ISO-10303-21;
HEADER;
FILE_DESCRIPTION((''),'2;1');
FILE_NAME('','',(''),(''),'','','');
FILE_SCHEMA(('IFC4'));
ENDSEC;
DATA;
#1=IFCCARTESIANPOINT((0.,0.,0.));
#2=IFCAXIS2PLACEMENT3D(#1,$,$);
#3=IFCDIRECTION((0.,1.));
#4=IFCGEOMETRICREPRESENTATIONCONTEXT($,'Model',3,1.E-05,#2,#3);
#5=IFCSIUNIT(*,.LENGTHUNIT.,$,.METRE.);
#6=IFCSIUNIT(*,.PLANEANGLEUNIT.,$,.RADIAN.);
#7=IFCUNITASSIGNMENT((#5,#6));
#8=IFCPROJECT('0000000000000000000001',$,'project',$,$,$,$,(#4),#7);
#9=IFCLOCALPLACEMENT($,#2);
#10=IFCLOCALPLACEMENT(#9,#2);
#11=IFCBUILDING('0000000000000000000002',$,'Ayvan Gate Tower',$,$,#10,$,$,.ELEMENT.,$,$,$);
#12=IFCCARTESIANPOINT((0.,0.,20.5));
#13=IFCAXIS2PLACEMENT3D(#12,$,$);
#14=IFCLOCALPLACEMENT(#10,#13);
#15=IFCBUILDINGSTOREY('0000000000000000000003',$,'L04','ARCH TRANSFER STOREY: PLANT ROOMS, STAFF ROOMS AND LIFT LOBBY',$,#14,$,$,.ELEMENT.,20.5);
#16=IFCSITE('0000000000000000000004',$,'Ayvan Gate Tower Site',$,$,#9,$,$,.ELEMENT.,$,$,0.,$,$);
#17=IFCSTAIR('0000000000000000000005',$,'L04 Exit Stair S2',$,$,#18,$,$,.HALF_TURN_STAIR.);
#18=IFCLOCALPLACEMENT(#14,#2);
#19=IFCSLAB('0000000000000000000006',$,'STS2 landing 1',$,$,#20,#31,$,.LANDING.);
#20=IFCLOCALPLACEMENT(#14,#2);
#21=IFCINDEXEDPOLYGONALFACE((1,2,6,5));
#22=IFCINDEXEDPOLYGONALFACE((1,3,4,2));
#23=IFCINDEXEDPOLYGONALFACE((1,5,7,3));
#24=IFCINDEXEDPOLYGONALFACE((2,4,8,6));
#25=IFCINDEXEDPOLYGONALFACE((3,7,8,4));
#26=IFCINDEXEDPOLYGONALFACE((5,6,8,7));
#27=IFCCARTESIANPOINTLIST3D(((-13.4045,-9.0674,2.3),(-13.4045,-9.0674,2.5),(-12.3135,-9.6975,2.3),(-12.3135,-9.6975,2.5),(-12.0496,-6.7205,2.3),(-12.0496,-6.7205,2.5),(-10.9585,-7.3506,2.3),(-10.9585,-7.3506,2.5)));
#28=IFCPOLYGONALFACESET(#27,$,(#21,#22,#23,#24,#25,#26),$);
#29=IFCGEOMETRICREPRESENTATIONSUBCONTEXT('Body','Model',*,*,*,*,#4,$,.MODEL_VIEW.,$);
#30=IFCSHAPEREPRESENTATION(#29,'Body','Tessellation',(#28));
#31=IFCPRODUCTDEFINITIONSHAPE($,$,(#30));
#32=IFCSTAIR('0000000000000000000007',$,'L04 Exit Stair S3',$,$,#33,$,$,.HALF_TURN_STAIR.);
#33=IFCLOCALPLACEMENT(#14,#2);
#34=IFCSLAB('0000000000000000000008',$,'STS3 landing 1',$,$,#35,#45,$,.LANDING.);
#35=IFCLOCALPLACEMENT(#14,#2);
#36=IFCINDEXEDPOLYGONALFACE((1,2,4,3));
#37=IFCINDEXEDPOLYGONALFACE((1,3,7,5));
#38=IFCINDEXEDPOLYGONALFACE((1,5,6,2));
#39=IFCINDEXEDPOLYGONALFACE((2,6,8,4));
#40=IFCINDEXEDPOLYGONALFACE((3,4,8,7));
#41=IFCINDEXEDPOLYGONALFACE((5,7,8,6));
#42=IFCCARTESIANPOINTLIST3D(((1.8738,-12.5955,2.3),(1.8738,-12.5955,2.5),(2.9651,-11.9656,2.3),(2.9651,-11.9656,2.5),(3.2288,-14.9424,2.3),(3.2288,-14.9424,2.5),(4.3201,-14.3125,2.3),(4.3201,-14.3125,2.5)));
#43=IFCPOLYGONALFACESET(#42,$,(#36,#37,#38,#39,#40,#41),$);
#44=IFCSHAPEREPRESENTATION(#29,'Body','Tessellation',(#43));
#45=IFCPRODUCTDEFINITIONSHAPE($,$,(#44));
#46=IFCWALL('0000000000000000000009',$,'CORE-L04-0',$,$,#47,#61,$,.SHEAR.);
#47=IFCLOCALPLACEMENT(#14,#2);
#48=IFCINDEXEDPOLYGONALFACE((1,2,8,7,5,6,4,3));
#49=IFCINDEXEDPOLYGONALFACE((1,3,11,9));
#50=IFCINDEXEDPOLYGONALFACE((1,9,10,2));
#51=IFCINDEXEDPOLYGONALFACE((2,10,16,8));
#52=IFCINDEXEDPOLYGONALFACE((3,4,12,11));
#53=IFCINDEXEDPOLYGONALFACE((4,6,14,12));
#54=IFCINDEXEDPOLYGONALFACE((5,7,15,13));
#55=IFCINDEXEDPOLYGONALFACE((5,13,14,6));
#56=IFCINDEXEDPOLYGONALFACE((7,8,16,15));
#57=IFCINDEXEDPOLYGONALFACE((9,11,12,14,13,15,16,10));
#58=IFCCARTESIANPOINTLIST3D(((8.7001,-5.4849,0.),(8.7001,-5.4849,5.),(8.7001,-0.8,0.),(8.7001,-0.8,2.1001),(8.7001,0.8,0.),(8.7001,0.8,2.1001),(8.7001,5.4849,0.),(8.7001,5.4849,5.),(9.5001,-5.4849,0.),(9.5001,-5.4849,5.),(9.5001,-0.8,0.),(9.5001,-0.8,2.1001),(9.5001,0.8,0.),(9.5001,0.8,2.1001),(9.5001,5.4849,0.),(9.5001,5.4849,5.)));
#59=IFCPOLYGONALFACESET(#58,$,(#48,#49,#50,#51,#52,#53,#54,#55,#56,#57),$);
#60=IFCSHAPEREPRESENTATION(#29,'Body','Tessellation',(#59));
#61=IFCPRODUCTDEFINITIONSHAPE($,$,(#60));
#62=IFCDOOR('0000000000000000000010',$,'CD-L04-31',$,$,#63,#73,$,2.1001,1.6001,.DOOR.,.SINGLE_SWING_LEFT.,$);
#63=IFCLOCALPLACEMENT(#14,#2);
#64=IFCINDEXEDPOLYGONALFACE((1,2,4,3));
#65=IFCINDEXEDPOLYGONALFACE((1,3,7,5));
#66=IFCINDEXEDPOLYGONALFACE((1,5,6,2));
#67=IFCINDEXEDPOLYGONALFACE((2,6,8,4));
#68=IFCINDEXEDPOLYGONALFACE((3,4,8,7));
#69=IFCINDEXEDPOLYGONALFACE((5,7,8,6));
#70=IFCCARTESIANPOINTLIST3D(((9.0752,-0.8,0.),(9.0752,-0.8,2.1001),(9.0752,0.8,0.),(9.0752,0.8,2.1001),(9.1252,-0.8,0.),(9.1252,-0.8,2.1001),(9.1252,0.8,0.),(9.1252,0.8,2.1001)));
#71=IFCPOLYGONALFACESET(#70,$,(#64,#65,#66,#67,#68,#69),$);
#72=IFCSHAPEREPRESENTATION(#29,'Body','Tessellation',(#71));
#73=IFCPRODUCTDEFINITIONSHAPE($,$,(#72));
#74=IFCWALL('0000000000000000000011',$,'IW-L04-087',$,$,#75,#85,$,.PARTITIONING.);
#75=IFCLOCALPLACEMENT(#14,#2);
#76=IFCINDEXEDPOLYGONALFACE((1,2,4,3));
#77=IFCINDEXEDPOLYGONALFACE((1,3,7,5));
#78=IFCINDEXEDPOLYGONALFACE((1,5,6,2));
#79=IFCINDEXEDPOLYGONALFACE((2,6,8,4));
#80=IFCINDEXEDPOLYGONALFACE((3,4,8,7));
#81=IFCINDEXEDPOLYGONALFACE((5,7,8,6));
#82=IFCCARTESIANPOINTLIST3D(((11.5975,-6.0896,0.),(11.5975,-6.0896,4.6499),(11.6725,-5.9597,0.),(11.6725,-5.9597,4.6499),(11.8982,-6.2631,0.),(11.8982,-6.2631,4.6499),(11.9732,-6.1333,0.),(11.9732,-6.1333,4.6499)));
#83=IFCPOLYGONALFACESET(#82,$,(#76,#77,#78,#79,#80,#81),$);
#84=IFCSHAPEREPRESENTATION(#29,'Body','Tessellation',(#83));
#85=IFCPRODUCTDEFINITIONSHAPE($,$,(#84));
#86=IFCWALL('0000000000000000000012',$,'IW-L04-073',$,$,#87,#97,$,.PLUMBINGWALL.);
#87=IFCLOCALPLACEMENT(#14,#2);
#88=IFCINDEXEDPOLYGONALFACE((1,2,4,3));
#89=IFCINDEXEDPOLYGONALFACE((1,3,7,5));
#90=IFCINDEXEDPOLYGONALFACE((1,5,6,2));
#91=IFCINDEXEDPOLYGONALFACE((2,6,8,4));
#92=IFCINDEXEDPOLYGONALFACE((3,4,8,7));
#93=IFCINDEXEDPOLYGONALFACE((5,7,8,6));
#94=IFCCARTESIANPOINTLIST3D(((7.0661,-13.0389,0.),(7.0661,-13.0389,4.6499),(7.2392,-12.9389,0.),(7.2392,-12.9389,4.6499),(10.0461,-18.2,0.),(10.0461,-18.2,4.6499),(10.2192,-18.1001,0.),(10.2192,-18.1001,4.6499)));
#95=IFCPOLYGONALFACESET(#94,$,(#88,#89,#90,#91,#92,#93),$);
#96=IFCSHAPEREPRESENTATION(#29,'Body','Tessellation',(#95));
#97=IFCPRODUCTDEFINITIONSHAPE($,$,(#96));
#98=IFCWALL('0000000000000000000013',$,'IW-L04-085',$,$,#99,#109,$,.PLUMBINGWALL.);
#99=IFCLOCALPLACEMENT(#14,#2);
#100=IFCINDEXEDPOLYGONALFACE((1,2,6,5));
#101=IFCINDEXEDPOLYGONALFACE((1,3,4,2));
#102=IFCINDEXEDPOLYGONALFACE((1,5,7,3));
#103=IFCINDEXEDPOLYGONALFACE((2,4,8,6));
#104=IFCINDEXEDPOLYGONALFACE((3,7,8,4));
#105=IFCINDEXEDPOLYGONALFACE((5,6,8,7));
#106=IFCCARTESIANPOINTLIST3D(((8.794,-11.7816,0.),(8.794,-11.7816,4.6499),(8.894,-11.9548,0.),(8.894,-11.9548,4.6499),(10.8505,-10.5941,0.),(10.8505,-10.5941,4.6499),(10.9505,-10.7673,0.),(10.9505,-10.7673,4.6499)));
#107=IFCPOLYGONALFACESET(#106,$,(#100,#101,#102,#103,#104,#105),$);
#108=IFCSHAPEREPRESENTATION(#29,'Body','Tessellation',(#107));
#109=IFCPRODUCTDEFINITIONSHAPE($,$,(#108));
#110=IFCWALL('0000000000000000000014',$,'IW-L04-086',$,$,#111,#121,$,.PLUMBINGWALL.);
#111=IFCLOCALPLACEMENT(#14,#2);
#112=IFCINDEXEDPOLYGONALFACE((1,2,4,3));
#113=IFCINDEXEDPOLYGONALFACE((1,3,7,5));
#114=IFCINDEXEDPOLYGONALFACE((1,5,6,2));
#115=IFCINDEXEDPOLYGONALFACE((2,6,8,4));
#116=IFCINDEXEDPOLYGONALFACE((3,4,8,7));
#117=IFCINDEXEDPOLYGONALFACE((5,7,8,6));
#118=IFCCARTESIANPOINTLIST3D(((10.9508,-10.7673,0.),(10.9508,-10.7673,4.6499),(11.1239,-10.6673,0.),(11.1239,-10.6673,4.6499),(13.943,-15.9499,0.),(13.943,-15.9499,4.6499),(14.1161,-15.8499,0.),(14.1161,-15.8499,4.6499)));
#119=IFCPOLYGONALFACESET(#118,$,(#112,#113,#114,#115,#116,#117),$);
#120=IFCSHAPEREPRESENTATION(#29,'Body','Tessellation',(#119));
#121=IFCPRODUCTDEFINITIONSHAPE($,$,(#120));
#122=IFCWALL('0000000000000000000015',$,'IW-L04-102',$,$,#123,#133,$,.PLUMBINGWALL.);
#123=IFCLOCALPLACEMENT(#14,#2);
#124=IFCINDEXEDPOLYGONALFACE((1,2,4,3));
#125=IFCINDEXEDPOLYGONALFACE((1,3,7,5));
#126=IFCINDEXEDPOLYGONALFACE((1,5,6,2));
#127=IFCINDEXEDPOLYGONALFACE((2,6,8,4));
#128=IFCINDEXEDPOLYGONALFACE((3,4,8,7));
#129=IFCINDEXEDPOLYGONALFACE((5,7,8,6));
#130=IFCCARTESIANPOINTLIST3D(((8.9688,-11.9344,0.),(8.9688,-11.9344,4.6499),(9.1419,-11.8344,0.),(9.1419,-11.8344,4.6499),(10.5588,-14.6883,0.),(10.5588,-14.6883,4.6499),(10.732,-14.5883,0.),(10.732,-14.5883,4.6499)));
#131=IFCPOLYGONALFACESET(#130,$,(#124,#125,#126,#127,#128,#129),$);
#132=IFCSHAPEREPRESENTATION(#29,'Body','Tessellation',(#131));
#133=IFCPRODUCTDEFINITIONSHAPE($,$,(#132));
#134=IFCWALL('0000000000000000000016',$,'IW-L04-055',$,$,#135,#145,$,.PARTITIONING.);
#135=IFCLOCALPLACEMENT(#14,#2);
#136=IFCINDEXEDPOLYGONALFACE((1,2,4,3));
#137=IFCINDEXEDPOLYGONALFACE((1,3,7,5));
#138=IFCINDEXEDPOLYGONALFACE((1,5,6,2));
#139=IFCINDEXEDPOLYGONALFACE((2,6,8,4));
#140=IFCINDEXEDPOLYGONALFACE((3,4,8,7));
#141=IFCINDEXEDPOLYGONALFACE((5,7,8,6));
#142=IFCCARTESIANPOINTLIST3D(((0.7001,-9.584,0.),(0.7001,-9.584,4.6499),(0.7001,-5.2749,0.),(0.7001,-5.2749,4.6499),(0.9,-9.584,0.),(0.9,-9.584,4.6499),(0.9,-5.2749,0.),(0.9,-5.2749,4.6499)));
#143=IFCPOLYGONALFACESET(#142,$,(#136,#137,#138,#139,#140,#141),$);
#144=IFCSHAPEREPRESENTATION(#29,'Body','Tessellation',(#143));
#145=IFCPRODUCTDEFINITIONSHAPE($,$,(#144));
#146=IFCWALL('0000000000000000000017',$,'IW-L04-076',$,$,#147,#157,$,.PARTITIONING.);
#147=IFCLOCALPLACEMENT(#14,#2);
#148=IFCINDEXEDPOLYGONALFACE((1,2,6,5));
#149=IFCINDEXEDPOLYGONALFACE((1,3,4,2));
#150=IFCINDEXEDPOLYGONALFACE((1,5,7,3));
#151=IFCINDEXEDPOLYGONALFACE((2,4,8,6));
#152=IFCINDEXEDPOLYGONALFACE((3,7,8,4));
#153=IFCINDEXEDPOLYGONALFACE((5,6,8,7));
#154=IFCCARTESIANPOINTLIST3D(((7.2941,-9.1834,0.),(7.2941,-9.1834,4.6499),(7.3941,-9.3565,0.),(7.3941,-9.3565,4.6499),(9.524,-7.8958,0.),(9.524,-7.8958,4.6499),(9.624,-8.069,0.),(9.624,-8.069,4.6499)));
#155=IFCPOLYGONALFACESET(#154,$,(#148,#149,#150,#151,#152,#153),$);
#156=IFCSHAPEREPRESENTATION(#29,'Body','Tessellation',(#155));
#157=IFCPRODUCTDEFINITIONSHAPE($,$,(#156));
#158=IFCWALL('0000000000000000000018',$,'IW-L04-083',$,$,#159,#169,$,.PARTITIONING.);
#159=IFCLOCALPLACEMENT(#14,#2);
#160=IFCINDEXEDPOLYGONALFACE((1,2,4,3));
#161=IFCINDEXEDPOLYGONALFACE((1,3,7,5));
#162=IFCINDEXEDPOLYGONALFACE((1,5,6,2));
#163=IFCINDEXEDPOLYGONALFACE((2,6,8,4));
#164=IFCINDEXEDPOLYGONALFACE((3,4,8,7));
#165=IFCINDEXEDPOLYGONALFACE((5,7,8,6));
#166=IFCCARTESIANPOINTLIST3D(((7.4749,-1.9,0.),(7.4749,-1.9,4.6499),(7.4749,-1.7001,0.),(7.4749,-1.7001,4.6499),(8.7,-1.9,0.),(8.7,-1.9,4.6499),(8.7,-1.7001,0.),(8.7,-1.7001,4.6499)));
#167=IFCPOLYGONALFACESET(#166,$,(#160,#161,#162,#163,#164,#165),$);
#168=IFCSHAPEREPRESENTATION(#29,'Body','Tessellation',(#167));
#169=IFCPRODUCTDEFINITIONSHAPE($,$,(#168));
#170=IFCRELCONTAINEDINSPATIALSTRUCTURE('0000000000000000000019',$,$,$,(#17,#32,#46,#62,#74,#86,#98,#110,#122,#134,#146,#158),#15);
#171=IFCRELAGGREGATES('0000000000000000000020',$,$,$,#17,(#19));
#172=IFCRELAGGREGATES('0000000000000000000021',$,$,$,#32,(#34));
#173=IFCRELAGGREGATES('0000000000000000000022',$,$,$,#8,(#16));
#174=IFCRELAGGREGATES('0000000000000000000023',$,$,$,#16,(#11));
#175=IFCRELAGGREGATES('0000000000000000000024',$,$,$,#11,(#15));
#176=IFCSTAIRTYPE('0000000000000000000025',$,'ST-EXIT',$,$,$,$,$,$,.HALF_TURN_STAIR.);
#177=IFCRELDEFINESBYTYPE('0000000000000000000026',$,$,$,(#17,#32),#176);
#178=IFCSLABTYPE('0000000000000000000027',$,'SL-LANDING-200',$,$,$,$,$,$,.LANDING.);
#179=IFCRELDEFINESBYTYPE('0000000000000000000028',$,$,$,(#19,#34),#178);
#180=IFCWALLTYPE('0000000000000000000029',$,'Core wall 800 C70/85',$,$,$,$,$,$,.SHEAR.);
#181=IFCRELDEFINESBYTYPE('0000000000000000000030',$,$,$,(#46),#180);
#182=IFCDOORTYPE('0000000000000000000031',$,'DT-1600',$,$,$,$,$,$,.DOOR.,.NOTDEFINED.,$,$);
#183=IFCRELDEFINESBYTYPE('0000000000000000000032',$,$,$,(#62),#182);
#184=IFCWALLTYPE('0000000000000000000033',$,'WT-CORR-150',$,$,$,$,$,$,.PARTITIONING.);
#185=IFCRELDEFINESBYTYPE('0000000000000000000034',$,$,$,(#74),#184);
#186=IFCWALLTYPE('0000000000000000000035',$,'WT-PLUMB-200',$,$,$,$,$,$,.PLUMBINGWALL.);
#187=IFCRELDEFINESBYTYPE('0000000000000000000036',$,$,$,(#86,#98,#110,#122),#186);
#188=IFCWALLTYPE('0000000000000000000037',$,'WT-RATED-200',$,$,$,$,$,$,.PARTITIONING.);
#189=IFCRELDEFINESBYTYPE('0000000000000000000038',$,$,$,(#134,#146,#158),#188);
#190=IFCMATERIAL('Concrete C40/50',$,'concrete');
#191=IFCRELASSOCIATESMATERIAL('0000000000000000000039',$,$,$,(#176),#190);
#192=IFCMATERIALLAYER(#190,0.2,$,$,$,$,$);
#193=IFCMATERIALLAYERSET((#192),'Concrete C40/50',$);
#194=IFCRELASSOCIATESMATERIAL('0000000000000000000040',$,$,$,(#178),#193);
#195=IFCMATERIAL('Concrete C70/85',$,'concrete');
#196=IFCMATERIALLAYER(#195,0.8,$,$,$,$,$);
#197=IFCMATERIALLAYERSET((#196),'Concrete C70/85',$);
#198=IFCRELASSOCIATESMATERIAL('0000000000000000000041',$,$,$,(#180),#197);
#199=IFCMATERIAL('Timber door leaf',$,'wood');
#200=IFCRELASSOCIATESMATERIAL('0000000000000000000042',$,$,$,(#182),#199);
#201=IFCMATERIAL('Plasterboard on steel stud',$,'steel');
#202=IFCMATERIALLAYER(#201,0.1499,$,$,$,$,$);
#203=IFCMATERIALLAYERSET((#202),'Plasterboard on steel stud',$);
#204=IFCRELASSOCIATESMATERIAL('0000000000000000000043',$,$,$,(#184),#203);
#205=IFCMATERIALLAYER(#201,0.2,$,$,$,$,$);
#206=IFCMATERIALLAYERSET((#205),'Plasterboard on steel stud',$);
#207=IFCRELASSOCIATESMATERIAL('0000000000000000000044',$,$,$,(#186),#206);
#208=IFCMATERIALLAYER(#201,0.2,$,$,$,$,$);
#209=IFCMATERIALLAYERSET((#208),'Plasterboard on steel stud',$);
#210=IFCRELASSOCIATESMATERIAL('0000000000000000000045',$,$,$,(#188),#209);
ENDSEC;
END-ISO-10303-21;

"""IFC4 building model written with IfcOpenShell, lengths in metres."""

from ifc_helpers import new_model, si_unit, direction, frame, frame_2d, origin, place, context, subcontext, project, spatial, polyline, rectangle, outline, extrude, material, layer, layer_set, type_object, element, fill, aggregate, save


model = new_model("IFC4")

# Units and contexts
model_context = context("Model", 3, precision=1e-05, world=origin(), true_north=direction((0.0, 1.0)))
body_context = subcontext(model_context, "Body", "Model", "MODEL_VIEW")
ifc_project = project(units=[si_unit("LENGTHUNIT", "METRE"), si_unit("PLANEANGLEUNIT", "RADIAN")], contexts=[model_context])

# Site, building, storey
site_placement = place(None, origin())
site = spatial("IfcSite", under=ifc_project, at=site_placement, Name="Ayvan Gate Tower Site", CompositionType="ELEMENT", RefElevation=0.0)
building_placement = place(site_placement, origin())
building = spatial("IfcBuilding", under=site, at=building_placement, Name="Ayvan Gate Tower", CompositionType="ELEMENT")
storey_placement = place(building_placement, frame((0.0, 0.0, 20.5)))
storey = spatial("IfcBuildingStorey", under=building, at=storey_placement, Name="L04", Description="ARCH TRANSFER STOREY: PLANT ROOMS, STAFF ROOMS AND LIFT LOBBY", CompositionType="ELEMENT", Elevation=20.5)

# Stairs, slabs
ifc_material_1 = material(Name="Concrete C40/50", Category="concrete")
stair_type = type_object("IfcStairType", Name="ST-EXIT", PredefinedType="HALF_TURN_STAIR", material=ifc_material_1)
stair_1_placement = place(storey_placement, origin())
stair_1 = element("IfcStair", 1, at=stair_1_placement, inside=storey, type_object=stair_type, Name="L04 Exit Stair S2", PredefinedType="HALF_TURN_STAIR")
ifc_layer_1 = layer(ifc_material_1, 0.2)
ifc_layer_set_1 = layer_set([ifc_layer_1], Name="Concrete C40/50")
slab_type = type_object("IfcSlabType", Name="SL-LANDING-200", PredefinedType="LANDING", material=ifc_layer_set_1)
slab_1_placement = place(storey_placement, frame((0.0, 0.0, 2.3)))
slab_1 = element("IfcSlab", 2, at=slab_1_placement, type_object=slab_type, Name="STS2 landing 1", PredefinedType="LANDING", context=body_context, shape_type="SweptSolid", body=[
    extrude(outline(polyline([(-10.9585, -7.3506), (-12.0496, -6.7205), (-13.4045, -9.0674), (-12.3135, -9.6975), (-10.9585, -7.3506)])), origin(), (0.0, 0.0, 1.0), 0.2),
])
aggregate(stair_1, [slab_1])
stair_2_placement = place(storey_placement, origin())
stair_2 = element("IfcStair", 3, at=stair_2_placement, inside=storey, type_object=stair_type, Name="L04 Exit Stair S3", PredefinedType="HALF_TURN_STAIR")
slab_2_placement = place(storey_placement, frame((0.0, 0.0, 2.3)))
slab_2 = element("IfcSlab", 4, at=slab_2_placement, type_object=slab_type, Name="STS3 landing 1", PredefinedType="LANDING", context=body_context, shape_type="SweptSolid", body=[
    extrude(outline(polyline([(2.9651, -11.9656), (1.8738, -12.5955), (3.2288, -14.9424), (4.3201, -14.3125), (2.9651, -11.9656)])), origin(), (0.0, 0.0, 1.0), 0.2),
])
aggregate(stair_2, [slab_2])

# Wall, opening, door
ifc_material_2 = material(Name="Concrete C70/85", Category="concrete")
ifc_layer_2 = layer(ifc_material_2, 0.8)
ifc_layer_set_2 = layer_set([ifc_layer_2], Name="Concrete C70/85")
wall_type_1 = type_object("IfcWallType", Name="Core wall 800 C70/85", PredefinedType="SHEAR", material=ifc_layer_set_2)
wall_1_placement = place(storey_placement, frame((9.1001, -5.4849, 0.0), z_axis=(0.0, 0.0, 1.0), x_axis=(0.0, 1.0, 0.0)))
wall_1 = element("IfcWall", 5, at=wall_1_placement, inside=storey, type_object=wall_type_1, Name="CORE-L04-0", PredefinedType="SHEAR", context=body_context, shape_type="SweptSolid", body=[
    extrude(rectangle(XDim=10.9697, YDim=0.8, at=frame_2d((5.4849, 0.0))), origin(), (0.0, 0.0, 1.0), 5.0),
])
opening_1_placement = place(wall_1_placement, frame((4.6848, 0.0, 0.0)))
opening_1 = element("IfcOpeningElement", 6, at=opening_1_placement, cuts=wall_1, PredefinedType="OPENING", context=body_context, shape_type="SweptSolid", body=[
    extrude(rectangle(XDim=1.6001, YDim=2.1001, at=frame_2d((0.8, 1.05))), frame((0.0, 0.4099, 0.0), z_axis=(0.0, -1.0, 0.0), x_axis=(1.0, 0.0, 0.0)), (0.0, 0.0, 1.0), 0.8201),
])
ifc_material_3 = material(Name="Timber door leaf", Category="wood")
door_type_1 = type_object("IfcDoorType", Name="DT-1600", OperationType="NOTDEFINED", PredefinedType="DOOR", material=ifc_material_3)
door_1_placement = place(opening_1_placement, origin())
door_1 = element("IfcDoor", 7, at=door_1_placement, inside=storey, type_object=door_type_1, Name="CD-L04-31", OperationType="SINGLE_SWING_LEFT", OverallHeight=2.1001, OverallWidth=1.6001, PredefinedType="DOOR", context=body_context, shape_type="SweptSolid", body=[
    extrude(rectangle(XDim=1.6001, YDim=2.1001, at=frame_2d((0.8, 1.05))), frame((0.0, 0.0249, 0.0), z_axis=(0.0, -1.0, 0.0), x_axis=(1.0, 0.0, 0.0)), (0.0, 0.0, 1.0), 0.05),
])
fill(opening_1, door_1)

# Walls
ifc_material_4 = material(Name="Plasterboard on steel stud", Category="steel")
ifc_layer_3 = layer(ifc_material_4, 0.1499)
ifc_layer_set_3 = layer_set([ifc_layer_3], Name="Plasterboard on steel stud")
wall_type_2 = type_object("IfcWallType", Name="WT-CORR-150", PredefinedType="PARTITIONING", material=ifc_layer_set_3)
wall_2_placement = place(storey_placement, frame((11.635, -6.0247, 0.0), z_axis=(0.0, 0.0, 1.0), x_axis=(0.866115, -0.499844, 0.0)))
element("IfcWall", 8, at=wall_2_placement, inside=storey, type_object=wall_type_2, Name="IW-L04-087", PredefinedType="PARTITIONING", context=body_context, shape_type="SweptSolid", body=[
    extrude(rectangle(XDim=0.3472, YDim=0.1499, at=frame_2d((0.1736, 0.0))), origin(), (0.0, 0.0, 1.0), 4.6499),
])
ifc_layer_4 = layer(ifc_material_4, 0.2)
ifc_layer_set_4 = layer_set([ifc_layer_4], Name="Plasterboard on steel stud")
wall_type_3 = type_object("IfcWallType", Name="WT-PLUMB-200", PredefinedType="PLUMBINGWALL", material=ifc_layer_set_4)
wall_3_placement = place(storey_placement, frame((7.1526, -12.9888, 0.0), z_axis=(0.0, 0.0, 1.0), x_axis=(0.500025, -0.866011, 0.0)))
element("IfcWall", 9, at=wall_3_placement, inside=storey, type_object=wall_type_3, Name="IW-L04-073", PredefinedType="PLUMBINGWALL", context=body_context, shape_type="SweptSolid", body=[
    extrude(rectangle(XDim=5.9597, YDim=0.2, at=frame_2d((2.98, 0.0))), origin(), (0.0, 0.0, 1.0), 4.6499),
])
wall_4_placement = place(storey_placement, frame((10.9006, -10.6807, 0.0), z_axis=(0.0, 0.0, 1.0), x_axis=(-0.866008, -0.500031, 0.0)))
element("IfcWall", 10, at=wall_4_placement, inside=storey, type_object=wall_type_3, Name="IW-L04-085", PredefinedType="PLUMBINGWALL", context=body_context, shape_type="SweptSolid", body=[
    extrude(rectangle(XDim=2.3748, YDim=0.2, at=frame_2d((1.1875, 0.0))), origin(), (0.0, 0.0, 1.0), 4.6499),
])
wall_5_placement = place(storey_placement, frame((11.0374, -10.7173, 0.0), z_axis=(0.0, 0.0, 1.0), x_axis=(0.5, -0.866025, 0.0)))
element("IfcWall", 11, at=wall_5_placement, inside=storey, type_object=wall_type_3, Name="IW-L04-086", PredefinedType="PLUMBINGWALL", context=body_context, shape_type="SweptSolid", body=[
    extrude(rectangle(XDim=5.9844, YDim=0.2, at=frame_2d((2.9922, 0.0))), origin(), (0.0, 0.0, 1.0), 4.6499),
])
wall_6_placement = place(storey_placement, frame((9.0554, -11.8845, 0.0), z_axis=(0.0, 0.0, 1.0), x_axis=(0.500028, -0.866009, 0.0)))
element("IfcWall", 12, at=wall_6_placement, inside=storey, type_object=wall_type_3, Name="IW-L04-102", PredefinedType="PLUMBINGWALL", context=body_context, shape_type="SweptSolid", body=[
    extrude(rectangle(XDim=3.1799, YDim=0.2, at=frame_2d((1.5898, 0.0))), origin(), (0.0, 0.0, 1.0), 4.6499),
])
ifc_layer_5 = layer(ifc_material_4, 0.2)
ifc_layer_set_5 = layer_set([ifc_layer_5], Name="Plasterboard on steel stud")
wall_type_4 = type_object("IfcWallType", Name="WT-RATED-200", PredefinedType="PARTITIONING", material=ifc_layer_set_5)
wall_7_placement = place(storey_placement, frame((0.8, -5.2749, 0.0), z_axis=(0.0, 0.0, 1.0), x_axis=(0.0, -1.0, 0.0)))
element("IfcWall", 13, at=wall_7_placement, inside=storey, type_object=wall_type_4, Name="IW-L04-055", PredefinedType="PARTITIONING", context=body_context, shape_type="SweptSolid", body=[
    extrude(rectangle(XDim=4.3091, YDim=0.2, at=frame_2d((2.1545, 0.0))), origin(), (0.0, 0.0, 1.0), 4.6499),
])
wall_8_placement = place(storey_placement, frame((7.344, -9.27, 0.0), z_axis=(0.0, 0.0, 1.0), x_axis=(0.866006, 0.500034, 0.0)))
element("IfcWall", 14, at=wall_8_placement, inside=storey, type_object=wall_type_4, Name="IW-L04-076", PredefinedType="PARTITIONING", context=body_context, shape_type="SweptSolid", body=[
    extrude(rectangle(XDim=2.575, YDim=0.2, at=frame_2d((1.2876, 0.0))), origin(), (0.0, 0.0, 1.0), 4.6499),
])
wall_9_placement = place(storey_placement, frame((8.7, -1.8, 0.0), z_axis=(0.0, 0.0, 1.0), x_axis=(-1.0, 0.0, 0.0)))
element("IfcWall", 15, at=wall_9_placement, inside=storey, type_object=wall_type_4, Name="IW-L04-083", PredefinedType="PARTITIONING", context=body_context, shape_type="SweptSolid", body=[
    extrude(rectangle(XDim=1.2251, YDim=0.2, at=frame_2d((0.6125, 0.0))), origin(), (0.0, 0.0, 1.0), 4.6499),
])

save(model, "model.ifc")
